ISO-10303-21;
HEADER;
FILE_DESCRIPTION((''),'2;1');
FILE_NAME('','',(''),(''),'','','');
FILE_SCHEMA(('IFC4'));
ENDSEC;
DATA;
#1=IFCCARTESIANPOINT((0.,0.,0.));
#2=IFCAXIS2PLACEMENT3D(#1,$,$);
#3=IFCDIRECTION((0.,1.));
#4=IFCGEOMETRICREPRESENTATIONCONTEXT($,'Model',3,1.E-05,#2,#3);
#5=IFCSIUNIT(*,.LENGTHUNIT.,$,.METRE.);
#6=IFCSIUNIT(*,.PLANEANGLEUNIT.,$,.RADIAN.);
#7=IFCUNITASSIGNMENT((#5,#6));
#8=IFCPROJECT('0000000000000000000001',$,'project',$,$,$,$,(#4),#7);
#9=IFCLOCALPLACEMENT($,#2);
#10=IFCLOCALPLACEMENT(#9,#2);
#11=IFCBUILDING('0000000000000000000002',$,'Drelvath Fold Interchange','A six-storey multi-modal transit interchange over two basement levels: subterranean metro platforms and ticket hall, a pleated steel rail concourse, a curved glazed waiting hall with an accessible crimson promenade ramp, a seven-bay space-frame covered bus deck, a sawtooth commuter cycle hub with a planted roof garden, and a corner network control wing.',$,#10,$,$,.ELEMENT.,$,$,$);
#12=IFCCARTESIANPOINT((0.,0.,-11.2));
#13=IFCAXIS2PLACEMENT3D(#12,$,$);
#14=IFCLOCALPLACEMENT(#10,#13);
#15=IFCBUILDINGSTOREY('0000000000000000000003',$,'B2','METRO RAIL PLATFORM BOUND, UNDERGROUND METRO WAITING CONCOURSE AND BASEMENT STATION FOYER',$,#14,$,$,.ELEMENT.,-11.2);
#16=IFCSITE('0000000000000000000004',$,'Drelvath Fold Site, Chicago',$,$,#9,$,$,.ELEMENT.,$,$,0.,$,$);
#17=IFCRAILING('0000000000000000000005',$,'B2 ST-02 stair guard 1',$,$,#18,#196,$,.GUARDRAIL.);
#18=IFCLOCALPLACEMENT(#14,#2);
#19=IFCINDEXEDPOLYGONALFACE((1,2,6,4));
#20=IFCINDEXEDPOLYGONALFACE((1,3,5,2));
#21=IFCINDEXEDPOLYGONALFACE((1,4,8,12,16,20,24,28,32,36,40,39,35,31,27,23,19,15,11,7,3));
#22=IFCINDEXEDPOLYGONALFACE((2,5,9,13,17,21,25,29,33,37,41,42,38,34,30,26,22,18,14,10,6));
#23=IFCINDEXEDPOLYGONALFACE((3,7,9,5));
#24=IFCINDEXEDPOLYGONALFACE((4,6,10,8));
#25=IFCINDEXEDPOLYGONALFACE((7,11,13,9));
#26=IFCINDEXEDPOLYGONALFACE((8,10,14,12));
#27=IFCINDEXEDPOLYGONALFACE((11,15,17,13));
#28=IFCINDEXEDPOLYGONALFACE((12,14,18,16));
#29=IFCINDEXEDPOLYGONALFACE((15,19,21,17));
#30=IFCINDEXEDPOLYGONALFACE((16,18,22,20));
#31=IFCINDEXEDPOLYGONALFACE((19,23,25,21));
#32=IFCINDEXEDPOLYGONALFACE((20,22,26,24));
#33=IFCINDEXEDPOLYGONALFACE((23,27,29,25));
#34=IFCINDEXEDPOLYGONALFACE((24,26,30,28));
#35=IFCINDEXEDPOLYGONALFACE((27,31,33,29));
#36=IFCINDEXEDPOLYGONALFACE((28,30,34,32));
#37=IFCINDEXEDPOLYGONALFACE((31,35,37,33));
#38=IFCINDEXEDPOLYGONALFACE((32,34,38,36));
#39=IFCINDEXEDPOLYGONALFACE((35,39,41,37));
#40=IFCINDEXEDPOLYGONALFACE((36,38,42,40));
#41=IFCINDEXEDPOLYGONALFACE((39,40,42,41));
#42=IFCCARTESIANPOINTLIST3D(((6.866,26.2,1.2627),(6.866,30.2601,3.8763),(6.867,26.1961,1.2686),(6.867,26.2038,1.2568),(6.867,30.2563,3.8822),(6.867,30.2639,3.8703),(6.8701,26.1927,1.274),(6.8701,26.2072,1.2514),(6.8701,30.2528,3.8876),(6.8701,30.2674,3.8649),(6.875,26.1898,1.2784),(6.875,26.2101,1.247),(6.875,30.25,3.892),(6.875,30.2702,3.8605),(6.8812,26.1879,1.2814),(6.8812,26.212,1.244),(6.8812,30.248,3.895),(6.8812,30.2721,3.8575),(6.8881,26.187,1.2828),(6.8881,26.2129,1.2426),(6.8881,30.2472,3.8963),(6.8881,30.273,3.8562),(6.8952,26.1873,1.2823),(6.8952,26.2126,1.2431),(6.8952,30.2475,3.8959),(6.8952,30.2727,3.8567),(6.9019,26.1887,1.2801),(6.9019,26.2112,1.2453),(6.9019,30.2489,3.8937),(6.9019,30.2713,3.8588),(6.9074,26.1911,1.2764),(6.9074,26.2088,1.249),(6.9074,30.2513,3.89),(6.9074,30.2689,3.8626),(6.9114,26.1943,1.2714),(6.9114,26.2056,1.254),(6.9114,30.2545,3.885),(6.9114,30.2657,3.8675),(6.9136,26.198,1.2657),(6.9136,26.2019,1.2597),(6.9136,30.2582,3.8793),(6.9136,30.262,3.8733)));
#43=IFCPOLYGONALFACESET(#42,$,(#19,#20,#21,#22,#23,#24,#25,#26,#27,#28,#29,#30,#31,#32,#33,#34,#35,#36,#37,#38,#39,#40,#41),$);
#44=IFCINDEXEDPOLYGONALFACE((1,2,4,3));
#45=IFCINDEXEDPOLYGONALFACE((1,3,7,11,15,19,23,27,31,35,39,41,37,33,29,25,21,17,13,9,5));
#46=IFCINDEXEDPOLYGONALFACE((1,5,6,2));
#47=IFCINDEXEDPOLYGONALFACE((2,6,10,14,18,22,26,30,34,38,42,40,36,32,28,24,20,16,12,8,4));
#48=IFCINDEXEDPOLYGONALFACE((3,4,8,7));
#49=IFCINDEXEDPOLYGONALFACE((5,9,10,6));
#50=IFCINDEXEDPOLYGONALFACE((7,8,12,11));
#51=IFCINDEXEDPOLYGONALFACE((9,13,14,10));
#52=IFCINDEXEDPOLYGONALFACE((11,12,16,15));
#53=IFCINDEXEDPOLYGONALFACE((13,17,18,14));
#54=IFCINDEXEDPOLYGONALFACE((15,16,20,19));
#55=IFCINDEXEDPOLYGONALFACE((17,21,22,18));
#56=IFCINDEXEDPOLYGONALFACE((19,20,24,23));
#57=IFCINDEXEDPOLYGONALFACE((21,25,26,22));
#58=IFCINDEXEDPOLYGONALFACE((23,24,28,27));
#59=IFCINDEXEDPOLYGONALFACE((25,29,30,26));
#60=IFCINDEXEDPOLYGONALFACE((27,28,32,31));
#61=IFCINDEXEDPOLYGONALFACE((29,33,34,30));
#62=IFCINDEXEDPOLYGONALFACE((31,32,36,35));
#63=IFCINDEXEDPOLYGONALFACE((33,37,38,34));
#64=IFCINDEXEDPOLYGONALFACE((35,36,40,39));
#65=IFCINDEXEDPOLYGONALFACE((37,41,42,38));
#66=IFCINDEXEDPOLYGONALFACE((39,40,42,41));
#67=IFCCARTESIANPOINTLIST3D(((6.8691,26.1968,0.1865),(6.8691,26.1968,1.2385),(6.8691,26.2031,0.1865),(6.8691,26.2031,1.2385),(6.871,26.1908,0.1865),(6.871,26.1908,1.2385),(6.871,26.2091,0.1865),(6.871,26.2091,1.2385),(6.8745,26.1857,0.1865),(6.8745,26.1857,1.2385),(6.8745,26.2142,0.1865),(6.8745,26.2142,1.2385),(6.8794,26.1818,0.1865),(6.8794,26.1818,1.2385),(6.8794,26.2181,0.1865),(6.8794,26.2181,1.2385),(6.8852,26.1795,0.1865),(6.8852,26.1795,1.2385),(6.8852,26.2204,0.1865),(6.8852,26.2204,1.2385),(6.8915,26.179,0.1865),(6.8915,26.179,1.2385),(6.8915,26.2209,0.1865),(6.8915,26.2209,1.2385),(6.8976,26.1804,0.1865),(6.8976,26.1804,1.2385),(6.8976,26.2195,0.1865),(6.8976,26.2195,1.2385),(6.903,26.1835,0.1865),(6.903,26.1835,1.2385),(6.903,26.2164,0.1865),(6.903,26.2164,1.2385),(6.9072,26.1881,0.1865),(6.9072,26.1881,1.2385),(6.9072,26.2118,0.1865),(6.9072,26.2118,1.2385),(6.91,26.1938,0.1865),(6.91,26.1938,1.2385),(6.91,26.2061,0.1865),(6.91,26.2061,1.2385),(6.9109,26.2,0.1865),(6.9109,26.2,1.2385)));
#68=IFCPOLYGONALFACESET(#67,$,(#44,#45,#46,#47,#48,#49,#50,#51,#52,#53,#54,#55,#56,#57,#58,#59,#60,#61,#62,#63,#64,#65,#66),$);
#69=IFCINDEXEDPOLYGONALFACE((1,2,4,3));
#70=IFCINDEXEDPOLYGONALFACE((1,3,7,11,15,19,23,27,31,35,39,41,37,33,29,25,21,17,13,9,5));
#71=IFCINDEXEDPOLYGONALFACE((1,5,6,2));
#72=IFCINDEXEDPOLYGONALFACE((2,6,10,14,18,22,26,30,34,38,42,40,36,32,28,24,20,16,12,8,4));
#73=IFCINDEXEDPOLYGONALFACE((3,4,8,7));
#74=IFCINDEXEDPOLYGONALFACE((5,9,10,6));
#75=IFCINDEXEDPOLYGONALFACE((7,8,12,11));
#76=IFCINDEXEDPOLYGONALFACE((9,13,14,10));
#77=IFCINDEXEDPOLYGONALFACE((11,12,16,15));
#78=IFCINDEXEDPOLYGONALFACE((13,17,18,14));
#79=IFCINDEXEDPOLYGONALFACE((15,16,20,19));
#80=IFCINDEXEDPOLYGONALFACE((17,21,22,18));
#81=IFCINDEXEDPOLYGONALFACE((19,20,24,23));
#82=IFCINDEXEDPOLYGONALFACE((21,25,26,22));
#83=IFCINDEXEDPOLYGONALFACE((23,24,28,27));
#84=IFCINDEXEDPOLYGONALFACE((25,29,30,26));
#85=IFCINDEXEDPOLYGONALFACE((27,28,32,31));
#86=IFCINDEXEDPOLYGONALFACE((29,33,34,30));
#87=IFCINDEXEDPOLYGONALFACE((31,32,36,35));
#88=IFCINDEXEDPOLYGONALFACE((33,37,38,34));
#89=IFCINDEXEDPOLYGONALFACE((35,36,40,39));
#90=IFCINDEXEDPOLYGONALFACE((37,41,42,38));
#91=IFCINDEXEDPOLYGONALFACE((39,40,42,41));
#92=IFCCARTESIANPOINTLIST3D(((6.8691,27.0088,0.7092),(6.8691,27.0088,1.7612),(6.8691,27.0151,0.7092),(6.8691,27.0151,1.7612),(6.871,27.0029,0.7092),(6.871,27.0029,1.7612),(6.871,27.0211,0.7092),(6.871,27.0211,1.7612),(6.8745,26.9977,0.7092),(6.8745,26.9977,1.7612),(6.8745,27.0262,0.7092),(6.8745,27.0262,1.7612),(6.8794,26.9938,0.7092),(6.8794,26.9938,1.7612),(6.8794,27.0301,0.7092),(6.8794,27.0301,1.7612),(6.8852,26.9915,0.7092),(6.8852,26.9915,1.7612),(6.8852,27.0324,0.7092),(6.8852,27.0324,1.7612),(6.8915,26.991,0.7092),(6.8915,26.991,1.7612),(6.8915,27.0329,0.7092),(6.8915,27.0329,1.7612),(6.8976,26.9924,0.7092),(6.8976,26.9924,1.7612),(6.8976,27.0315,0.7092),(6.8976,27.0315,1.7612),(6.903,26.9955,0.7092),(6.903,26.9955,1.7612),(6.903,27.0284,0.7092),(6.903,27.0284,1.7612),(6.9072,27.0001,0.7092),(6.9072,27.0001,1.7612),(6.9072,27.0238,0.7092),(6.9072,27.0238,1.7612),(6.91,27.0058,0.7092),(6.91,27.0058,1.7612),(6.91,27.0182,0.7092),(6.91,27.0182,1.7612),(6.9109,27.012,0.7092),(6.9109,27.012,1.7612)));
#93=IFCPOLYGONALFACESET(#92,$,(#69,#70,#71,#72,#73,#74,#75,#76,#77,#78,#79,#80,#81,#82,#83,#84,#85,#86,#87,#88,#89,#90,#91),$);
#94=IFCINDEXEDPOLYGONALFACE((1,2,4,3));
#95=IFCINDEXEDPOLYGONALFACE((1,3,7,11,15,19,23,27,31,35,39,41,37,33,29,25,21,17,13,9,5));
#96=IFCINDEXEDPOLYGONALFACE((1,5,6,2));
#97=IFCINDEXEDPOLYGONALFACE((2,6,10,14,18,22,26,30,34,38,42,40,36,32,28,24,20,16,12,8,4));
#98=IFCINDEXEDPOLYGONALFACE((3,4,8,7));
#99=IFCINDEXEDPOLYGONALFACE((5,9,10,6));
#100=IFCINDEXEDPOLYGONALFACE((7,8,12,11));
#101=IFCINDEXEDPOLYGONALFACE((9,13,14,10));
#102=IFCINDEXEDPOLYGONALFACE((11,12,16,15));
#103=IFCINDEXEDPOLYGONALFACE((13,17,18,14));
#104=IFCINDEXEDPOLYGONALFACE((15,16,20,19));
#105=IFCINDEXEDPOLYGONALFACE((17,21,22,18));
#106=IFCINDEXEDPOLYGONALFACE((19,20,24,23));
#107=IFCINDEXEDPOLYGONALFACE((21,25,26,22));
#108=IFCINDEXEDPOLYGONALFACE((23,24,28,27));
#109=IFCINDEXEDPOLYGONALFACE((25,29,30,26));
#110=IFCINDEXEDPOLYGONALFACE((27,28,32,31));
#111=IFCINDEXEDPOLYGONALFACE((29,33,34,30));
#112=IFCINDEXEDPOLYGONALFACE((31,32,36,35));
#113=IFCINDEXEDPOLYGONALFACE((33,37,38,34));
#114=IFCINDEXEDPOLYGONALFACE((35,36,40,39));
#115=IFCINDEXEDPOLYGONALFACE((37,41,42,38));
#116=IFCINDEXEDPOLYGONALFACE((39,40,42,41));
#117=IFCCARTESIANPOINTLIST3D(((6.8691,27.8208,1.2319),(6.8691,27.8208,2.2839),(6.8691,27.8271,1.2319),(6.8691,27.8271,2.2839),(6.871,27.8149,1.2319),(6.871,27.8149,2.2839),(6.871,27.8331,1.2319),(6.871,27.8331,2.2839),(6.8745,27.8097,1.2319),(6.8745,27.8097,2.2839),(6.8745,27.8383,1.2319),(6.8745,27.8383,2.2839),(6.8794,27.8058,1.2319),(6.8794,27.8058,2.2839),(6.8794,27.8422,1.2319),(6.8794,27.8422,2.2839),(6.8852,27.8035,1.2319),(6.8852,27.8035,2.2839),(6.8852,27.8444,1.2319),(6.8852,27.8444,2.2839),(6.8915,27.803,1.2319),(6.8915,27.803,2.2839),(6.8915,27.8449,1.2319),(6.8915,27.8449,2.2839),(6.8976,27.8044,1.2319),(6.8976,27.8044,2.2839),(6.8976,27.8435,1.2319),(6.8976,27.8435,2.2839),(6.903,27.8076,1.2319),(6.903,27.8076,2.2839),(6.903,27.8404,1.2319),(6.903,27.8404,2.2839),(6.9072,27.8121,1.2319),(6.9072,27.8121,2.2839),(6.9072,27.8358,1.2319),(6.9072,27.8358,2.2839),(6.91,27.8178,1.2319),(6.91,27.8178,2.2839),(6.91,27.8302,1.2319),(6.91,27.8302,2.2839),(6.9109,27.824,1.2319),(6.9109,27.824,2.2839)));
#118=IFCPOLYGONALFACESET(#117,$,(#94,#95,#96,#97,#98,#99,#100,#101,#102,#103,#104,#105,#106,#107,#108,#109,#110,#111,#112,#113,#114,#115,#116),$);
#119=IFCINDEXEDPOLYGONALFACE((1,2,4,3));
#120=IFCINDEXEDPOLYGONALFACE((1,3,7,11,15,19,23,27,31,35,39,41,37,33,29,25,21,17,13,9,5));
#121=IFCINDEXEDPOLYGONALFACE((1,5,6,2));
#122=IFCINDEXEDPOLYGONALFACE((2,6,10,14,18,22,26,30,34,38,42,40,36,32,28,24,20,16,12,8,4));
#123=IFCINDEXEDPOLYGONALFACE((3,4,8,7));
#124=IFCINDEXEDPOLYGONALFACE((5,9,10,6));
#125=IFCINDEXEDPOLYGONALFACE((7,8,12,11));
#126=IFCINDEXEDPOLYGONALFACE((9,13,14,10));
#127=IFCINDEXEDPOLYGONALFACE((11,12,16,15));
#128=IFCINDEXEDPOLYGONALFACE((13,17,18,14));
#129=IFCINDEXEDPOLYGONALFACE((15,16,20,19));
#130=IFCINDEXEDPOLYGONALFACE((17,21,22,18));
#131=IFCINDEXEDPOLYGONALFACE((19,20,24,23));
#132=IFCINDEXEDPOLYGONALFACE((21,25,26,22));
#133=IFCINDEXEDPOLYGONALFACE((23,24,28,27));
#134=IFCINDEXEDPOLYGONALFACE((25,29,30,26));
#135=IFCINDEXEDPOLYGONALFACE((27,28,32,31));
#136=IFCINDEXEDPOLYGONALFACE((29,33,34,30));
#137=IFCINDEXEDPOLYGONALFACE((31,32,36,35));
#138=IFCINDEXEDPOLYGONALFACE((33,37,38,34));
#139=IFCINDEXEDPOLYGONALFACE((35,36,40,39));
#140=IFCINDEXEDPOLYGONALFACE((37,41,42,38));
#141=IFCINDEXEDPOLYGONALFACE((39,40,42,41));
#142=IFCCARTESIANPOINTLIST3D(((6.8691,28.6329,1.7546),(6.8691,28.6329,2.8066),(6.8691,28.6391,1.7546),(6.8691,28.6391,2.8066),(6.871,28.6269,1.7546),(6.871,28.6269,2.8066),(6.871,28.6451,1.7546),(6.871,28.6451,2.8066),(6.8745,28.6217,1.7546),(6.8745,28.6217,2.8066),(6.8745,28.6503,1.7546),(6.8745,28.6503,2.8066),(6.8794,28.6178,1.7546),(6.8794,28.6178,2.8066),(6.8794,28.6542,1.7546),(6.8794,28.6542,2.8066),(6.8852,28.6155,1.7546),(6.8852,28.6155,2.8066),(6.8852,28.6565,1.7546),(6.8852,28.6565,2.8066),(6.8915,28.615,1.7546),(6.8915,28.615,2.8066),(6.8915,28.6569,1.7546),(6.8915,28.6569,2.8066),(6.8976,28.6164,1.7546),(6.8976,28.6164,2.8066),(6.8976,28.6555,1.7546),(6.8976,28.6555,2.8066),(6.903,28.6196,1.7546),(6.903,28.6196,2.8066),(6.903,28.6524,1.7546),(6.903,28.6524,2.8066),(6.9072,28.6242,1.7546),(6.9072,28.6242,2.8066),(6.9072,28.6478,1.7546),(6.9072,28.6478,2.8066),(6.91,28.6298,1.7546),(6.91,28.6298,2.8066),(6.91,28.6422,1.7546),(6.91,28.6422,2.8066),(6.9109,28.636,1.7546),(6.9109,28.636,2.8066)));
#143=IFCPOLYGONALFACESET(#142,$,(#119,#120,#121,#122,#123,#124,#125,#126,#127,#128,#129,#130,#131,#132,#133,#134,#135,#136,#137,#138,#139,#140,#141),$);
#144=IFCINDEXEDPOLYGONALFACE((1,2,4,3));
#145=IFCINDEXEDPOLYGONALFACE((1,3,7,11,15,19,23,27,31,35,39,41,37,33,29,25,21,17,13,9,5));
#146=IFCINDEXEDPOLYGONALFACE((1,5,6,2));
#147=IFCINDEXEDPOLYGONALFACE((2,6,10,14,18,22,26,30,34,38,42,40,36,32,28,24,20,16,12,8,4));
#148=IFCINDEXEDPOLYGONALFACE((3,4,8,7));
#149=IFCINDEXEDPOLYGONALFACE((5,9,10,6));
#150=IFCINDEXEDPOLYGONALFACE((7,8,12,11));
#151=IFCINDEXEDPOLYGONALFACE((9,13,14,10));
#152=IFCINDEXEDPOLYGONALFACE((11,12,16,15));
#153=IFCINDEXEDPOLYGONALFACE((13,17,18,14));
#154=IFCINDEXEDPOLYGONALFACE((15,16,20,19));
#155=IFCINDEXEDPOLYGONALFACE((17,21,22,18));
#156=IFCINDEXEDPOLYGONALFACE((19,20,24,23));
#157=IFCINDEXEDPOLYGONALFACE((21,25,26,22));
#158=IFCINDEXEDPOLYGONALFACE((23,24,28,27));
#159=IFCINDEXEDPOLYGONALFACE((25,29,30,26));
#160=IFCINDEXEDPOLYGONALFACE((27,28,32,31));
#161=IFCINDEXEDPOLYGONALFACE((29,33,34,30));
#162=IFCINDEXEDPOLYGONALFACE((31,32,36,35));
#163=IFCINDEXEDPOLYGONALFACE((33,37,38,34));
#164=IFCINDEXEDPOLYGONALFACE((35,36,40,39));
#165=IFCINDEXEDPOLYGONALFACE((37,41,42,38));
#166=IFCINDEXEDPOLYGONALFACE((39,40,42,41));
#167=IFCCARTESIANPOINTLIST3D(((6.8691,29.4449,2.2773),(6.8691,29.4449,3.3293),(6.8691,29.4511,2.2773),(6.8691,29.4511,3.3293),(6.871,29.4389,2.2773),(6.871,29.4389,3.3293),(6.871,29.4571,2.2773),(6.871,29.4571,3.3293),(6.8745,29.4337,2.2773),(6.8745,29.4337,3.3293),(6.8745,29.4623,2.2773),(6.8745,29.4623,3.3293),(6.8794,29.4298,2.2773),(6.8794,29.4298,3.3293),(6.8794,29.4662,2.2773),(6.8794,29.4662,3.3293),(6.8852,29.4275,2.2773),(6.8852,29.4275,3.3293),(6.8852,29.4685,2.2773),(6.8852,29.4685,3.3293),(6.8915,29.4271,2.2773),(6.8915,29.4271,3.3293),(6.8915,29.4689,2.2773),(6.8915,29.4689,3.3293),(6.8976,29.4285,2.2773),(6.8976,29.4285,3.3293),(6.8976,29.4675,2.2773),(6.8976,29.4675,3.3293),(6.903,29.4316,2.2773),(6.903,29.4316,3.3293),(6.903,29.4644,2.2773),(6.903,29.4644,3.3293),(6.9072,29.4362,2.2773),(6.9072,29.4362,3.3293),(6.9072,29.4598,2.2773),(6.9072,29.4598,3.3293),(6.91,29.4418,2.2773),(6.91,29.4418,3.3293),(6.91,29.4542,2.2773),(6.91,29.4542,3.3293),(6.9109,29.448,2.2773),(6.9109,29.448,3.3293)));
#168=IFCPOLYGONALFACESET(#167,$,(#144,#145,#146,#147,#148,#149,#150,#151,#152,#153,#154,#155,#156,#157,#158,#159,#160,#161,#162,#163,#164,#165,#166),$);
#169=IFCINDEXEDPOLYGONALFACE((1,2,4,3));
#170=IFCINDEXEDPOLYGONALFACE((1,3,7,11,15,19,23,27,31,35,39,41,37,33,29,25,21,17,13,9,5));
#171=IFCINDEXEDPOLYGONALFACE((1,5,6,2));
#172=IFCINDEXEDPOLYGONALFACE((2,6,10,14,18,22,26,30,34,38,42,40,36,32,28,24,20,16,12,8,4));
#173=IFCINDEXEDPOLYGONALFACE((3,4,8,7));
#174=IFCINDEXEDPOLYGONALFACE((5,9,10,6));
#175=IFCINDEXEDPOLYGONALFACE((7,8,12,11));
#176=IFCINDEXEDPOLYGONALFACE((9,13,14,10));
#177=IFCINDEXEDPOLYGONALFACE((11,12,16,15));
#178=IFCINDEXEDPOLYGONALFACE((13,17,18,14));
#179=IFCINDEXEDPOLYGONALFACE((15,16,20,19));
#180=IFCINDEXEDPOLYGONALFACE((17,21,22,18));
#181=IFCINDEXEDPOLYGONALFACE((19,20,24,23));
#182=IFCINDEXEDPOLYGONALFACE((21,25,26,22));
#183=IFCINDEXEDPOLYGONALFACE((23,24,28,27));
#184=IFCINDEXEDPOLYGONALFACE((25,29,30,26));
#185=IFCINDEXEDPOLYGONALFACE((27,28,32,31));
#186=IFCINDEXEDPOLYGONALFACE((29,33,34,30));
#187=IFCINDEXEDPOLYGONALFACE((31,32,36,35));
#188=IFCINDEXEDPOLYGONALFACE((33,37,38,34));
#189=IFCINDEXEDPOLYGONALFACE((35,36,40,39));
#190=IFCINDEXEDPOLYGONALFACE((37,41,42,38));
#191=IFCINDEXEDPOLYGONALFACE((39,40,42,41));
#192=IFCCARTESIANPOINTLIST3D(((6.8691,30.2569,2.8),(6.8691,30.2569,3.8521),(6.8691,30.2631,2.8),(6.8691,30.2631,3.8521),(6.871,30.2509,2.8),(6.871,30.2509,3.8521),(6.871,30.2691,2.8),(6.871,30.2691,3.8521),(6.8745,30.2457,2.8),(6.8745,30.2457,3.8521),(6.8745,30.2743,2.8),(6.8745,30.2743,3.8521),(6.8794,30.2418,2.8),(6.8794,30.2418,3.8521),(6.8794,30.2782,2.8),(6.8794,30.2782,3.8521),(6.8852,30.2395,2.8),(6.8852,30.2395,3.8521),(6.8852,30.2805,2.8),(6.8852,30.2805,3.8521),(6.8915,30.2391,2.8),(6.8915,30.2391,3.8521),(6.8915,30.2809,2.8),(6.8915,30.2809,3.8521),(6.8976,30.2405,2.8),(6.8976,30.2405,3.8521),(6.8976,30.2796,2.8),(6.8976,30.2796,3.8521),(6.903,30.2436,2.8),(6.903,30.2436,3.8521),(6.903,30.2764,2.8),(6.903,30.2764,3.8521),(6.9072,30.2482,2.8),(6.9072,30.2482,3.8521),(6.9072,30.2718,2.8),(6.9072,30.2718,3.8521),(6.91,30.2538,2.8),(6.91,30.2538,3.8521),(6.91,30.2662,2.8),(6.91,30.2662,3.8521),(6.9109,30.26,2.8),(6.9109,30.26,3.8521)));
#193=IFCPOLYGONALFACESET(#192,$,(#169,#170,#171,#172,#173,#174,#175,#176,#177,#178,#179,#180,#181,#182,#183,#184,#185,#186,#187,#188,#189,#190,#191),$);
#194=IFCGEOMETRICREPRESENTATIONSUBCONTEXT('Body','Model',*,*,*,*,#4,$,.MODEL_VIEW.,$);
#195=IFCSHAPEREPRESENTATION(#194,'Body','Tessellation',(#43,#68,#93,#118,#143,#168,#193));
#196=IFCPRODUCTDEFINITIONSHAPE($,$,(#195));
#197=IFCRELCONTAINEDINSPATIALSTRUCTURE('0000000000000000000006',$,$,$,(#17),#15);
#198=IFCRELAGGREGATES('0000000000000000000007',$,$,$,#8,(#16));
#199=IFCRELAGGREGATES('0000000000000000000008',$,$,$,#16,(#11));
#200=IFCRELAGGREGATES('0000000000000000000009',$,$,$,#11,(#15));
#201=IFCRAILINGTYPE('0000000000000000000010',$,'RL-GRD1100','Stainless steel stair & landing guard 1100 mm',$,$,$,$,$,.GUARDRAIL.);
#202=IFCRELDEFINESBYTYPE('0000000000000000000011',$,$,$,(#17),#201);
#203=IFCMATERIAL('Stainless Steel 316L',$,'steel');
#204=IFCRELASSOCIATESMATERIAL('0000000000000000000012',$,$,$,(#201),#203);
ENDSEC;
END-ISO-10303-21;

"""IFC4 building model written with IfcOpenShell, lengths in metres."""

from ifc_helpers import new_model, si_unit, direction, frame, origin, origin_2d, place, context, subcontext, project, spatial, circle, extrude, material, type_object, element, save


model = new_model("IFC4")

# Units and contexts
model_context = context("Model", 3, precision=1e-05, world=origin(), true_north=direction((0.0, 1.0)))
body_context = subcontext(model_context, "Body", "Model", "MODEL_VIEW")
ifc_project = project(units=[si_unit("LENGTHUNIT", "METRE"), si_unit("PLANEANGLEUNIT", "RADIAN")], contexts=[model_context])

# Site, building, storey
site_placement = place(None, origin())
site = spatial("IfcSite", under=ifc_project, at=site_placement, Name="Drelvath Fold Site, Chicago", CompositionType="ELEMENT", RefElevation=0.0)
building_placement = place(site_placement, origin())
building = spatial("IfcBuilding", under=site, at=building_placement, Name="Drelvath Fold Interchange", Description="A six-storey multi-modal transit interchange over two basement levels: subterranean metro platforms and ticket hall, a pleated steel rail concourse, a curved glazed waiting hall with an accessible crimson promenade ramp, a seven-bay space-frame covered bus deck, a sawtooth commuter cycle hub with a planted roof garden, and a corner network control wing.", CompositionType="ELEMENT")
storey_placement = place(building_placement, frame((0.0, 0.0, -11.2)))
storey = spatial("IfcBuildingStorey", under=building, at=storey_placement, Name="B2", Description="METRO RAIL PLATFORM BOUND, UNDERGROUND METRO WAITING CONCOURSE AND BASEMENT STATION FOYER", CompositionType="ELEMENT", Elevation=-11.2)

# Railing
ifc_material_1 = material(Name="Stainless Steel 316L", Category="steel")
railing_type_1 = type_object("IfcRailingType", Name="RL-GRD1100", Description="Stainless steel stair & landing guard 1100 mm", PredefinedType="GUARDRAIL", material=ifc_material_1)
railing_1_placement = place(storey_placement, frame((6.8899, 26.2, 0.1865)))
element("IfcRailing", 1, at=railing_1_placement, inside=storey, type_object=railing_type_1, Name="B2 ST-02 stair guard 1", PredefinedType="GUARDRAIL", context=body_context, shape_type="SweptSolid", body=[
    extrude(circle(Radius=0.0239, at=origin_2d()), frame((0.0, 0.0, 1.0762), z_axis=(0.0, 0.84085, 0.541269), x_axis=(-1.0, 0.0, 0.0)), (0.0, 0.0, 1.0), 4.8286),
    extrude(circle(Radius=0.021, at=origin_2d()), origin(), (0.0, 0.0, 1.0), 1.052),
    extrude(circle(Radius=0.021, at=origin_2d()), frame((0.0, 0.812, 0.5227)), (0.0, 0.0, 1.0), 1.052),
    extrude(circle(Radius=0.021, at=origin_2d()), frame((0.0, 1.624, 1.0454)), (0.0, 0.0, 1.0), 1.052),
    extrude(circle(Radius=0.021, at=origin_2d()), frame((0.0, 2.436, 1.5681)), (0.0, 0.0, 1.0), 1.052),
    extrude(circle(Radius=0.021, at=origin_2d()), frame((0.0, 3.248, 2.0908)), (0.0, 0.0, 1.0), 1.052),
    extrude(circle(Radius=0.021, at=origin_2d()), frame((0.0, 4.0601, 2.6135)), (0.0, 0.0, 1.0), 1.052),
])

save(model, "model.ifc")
